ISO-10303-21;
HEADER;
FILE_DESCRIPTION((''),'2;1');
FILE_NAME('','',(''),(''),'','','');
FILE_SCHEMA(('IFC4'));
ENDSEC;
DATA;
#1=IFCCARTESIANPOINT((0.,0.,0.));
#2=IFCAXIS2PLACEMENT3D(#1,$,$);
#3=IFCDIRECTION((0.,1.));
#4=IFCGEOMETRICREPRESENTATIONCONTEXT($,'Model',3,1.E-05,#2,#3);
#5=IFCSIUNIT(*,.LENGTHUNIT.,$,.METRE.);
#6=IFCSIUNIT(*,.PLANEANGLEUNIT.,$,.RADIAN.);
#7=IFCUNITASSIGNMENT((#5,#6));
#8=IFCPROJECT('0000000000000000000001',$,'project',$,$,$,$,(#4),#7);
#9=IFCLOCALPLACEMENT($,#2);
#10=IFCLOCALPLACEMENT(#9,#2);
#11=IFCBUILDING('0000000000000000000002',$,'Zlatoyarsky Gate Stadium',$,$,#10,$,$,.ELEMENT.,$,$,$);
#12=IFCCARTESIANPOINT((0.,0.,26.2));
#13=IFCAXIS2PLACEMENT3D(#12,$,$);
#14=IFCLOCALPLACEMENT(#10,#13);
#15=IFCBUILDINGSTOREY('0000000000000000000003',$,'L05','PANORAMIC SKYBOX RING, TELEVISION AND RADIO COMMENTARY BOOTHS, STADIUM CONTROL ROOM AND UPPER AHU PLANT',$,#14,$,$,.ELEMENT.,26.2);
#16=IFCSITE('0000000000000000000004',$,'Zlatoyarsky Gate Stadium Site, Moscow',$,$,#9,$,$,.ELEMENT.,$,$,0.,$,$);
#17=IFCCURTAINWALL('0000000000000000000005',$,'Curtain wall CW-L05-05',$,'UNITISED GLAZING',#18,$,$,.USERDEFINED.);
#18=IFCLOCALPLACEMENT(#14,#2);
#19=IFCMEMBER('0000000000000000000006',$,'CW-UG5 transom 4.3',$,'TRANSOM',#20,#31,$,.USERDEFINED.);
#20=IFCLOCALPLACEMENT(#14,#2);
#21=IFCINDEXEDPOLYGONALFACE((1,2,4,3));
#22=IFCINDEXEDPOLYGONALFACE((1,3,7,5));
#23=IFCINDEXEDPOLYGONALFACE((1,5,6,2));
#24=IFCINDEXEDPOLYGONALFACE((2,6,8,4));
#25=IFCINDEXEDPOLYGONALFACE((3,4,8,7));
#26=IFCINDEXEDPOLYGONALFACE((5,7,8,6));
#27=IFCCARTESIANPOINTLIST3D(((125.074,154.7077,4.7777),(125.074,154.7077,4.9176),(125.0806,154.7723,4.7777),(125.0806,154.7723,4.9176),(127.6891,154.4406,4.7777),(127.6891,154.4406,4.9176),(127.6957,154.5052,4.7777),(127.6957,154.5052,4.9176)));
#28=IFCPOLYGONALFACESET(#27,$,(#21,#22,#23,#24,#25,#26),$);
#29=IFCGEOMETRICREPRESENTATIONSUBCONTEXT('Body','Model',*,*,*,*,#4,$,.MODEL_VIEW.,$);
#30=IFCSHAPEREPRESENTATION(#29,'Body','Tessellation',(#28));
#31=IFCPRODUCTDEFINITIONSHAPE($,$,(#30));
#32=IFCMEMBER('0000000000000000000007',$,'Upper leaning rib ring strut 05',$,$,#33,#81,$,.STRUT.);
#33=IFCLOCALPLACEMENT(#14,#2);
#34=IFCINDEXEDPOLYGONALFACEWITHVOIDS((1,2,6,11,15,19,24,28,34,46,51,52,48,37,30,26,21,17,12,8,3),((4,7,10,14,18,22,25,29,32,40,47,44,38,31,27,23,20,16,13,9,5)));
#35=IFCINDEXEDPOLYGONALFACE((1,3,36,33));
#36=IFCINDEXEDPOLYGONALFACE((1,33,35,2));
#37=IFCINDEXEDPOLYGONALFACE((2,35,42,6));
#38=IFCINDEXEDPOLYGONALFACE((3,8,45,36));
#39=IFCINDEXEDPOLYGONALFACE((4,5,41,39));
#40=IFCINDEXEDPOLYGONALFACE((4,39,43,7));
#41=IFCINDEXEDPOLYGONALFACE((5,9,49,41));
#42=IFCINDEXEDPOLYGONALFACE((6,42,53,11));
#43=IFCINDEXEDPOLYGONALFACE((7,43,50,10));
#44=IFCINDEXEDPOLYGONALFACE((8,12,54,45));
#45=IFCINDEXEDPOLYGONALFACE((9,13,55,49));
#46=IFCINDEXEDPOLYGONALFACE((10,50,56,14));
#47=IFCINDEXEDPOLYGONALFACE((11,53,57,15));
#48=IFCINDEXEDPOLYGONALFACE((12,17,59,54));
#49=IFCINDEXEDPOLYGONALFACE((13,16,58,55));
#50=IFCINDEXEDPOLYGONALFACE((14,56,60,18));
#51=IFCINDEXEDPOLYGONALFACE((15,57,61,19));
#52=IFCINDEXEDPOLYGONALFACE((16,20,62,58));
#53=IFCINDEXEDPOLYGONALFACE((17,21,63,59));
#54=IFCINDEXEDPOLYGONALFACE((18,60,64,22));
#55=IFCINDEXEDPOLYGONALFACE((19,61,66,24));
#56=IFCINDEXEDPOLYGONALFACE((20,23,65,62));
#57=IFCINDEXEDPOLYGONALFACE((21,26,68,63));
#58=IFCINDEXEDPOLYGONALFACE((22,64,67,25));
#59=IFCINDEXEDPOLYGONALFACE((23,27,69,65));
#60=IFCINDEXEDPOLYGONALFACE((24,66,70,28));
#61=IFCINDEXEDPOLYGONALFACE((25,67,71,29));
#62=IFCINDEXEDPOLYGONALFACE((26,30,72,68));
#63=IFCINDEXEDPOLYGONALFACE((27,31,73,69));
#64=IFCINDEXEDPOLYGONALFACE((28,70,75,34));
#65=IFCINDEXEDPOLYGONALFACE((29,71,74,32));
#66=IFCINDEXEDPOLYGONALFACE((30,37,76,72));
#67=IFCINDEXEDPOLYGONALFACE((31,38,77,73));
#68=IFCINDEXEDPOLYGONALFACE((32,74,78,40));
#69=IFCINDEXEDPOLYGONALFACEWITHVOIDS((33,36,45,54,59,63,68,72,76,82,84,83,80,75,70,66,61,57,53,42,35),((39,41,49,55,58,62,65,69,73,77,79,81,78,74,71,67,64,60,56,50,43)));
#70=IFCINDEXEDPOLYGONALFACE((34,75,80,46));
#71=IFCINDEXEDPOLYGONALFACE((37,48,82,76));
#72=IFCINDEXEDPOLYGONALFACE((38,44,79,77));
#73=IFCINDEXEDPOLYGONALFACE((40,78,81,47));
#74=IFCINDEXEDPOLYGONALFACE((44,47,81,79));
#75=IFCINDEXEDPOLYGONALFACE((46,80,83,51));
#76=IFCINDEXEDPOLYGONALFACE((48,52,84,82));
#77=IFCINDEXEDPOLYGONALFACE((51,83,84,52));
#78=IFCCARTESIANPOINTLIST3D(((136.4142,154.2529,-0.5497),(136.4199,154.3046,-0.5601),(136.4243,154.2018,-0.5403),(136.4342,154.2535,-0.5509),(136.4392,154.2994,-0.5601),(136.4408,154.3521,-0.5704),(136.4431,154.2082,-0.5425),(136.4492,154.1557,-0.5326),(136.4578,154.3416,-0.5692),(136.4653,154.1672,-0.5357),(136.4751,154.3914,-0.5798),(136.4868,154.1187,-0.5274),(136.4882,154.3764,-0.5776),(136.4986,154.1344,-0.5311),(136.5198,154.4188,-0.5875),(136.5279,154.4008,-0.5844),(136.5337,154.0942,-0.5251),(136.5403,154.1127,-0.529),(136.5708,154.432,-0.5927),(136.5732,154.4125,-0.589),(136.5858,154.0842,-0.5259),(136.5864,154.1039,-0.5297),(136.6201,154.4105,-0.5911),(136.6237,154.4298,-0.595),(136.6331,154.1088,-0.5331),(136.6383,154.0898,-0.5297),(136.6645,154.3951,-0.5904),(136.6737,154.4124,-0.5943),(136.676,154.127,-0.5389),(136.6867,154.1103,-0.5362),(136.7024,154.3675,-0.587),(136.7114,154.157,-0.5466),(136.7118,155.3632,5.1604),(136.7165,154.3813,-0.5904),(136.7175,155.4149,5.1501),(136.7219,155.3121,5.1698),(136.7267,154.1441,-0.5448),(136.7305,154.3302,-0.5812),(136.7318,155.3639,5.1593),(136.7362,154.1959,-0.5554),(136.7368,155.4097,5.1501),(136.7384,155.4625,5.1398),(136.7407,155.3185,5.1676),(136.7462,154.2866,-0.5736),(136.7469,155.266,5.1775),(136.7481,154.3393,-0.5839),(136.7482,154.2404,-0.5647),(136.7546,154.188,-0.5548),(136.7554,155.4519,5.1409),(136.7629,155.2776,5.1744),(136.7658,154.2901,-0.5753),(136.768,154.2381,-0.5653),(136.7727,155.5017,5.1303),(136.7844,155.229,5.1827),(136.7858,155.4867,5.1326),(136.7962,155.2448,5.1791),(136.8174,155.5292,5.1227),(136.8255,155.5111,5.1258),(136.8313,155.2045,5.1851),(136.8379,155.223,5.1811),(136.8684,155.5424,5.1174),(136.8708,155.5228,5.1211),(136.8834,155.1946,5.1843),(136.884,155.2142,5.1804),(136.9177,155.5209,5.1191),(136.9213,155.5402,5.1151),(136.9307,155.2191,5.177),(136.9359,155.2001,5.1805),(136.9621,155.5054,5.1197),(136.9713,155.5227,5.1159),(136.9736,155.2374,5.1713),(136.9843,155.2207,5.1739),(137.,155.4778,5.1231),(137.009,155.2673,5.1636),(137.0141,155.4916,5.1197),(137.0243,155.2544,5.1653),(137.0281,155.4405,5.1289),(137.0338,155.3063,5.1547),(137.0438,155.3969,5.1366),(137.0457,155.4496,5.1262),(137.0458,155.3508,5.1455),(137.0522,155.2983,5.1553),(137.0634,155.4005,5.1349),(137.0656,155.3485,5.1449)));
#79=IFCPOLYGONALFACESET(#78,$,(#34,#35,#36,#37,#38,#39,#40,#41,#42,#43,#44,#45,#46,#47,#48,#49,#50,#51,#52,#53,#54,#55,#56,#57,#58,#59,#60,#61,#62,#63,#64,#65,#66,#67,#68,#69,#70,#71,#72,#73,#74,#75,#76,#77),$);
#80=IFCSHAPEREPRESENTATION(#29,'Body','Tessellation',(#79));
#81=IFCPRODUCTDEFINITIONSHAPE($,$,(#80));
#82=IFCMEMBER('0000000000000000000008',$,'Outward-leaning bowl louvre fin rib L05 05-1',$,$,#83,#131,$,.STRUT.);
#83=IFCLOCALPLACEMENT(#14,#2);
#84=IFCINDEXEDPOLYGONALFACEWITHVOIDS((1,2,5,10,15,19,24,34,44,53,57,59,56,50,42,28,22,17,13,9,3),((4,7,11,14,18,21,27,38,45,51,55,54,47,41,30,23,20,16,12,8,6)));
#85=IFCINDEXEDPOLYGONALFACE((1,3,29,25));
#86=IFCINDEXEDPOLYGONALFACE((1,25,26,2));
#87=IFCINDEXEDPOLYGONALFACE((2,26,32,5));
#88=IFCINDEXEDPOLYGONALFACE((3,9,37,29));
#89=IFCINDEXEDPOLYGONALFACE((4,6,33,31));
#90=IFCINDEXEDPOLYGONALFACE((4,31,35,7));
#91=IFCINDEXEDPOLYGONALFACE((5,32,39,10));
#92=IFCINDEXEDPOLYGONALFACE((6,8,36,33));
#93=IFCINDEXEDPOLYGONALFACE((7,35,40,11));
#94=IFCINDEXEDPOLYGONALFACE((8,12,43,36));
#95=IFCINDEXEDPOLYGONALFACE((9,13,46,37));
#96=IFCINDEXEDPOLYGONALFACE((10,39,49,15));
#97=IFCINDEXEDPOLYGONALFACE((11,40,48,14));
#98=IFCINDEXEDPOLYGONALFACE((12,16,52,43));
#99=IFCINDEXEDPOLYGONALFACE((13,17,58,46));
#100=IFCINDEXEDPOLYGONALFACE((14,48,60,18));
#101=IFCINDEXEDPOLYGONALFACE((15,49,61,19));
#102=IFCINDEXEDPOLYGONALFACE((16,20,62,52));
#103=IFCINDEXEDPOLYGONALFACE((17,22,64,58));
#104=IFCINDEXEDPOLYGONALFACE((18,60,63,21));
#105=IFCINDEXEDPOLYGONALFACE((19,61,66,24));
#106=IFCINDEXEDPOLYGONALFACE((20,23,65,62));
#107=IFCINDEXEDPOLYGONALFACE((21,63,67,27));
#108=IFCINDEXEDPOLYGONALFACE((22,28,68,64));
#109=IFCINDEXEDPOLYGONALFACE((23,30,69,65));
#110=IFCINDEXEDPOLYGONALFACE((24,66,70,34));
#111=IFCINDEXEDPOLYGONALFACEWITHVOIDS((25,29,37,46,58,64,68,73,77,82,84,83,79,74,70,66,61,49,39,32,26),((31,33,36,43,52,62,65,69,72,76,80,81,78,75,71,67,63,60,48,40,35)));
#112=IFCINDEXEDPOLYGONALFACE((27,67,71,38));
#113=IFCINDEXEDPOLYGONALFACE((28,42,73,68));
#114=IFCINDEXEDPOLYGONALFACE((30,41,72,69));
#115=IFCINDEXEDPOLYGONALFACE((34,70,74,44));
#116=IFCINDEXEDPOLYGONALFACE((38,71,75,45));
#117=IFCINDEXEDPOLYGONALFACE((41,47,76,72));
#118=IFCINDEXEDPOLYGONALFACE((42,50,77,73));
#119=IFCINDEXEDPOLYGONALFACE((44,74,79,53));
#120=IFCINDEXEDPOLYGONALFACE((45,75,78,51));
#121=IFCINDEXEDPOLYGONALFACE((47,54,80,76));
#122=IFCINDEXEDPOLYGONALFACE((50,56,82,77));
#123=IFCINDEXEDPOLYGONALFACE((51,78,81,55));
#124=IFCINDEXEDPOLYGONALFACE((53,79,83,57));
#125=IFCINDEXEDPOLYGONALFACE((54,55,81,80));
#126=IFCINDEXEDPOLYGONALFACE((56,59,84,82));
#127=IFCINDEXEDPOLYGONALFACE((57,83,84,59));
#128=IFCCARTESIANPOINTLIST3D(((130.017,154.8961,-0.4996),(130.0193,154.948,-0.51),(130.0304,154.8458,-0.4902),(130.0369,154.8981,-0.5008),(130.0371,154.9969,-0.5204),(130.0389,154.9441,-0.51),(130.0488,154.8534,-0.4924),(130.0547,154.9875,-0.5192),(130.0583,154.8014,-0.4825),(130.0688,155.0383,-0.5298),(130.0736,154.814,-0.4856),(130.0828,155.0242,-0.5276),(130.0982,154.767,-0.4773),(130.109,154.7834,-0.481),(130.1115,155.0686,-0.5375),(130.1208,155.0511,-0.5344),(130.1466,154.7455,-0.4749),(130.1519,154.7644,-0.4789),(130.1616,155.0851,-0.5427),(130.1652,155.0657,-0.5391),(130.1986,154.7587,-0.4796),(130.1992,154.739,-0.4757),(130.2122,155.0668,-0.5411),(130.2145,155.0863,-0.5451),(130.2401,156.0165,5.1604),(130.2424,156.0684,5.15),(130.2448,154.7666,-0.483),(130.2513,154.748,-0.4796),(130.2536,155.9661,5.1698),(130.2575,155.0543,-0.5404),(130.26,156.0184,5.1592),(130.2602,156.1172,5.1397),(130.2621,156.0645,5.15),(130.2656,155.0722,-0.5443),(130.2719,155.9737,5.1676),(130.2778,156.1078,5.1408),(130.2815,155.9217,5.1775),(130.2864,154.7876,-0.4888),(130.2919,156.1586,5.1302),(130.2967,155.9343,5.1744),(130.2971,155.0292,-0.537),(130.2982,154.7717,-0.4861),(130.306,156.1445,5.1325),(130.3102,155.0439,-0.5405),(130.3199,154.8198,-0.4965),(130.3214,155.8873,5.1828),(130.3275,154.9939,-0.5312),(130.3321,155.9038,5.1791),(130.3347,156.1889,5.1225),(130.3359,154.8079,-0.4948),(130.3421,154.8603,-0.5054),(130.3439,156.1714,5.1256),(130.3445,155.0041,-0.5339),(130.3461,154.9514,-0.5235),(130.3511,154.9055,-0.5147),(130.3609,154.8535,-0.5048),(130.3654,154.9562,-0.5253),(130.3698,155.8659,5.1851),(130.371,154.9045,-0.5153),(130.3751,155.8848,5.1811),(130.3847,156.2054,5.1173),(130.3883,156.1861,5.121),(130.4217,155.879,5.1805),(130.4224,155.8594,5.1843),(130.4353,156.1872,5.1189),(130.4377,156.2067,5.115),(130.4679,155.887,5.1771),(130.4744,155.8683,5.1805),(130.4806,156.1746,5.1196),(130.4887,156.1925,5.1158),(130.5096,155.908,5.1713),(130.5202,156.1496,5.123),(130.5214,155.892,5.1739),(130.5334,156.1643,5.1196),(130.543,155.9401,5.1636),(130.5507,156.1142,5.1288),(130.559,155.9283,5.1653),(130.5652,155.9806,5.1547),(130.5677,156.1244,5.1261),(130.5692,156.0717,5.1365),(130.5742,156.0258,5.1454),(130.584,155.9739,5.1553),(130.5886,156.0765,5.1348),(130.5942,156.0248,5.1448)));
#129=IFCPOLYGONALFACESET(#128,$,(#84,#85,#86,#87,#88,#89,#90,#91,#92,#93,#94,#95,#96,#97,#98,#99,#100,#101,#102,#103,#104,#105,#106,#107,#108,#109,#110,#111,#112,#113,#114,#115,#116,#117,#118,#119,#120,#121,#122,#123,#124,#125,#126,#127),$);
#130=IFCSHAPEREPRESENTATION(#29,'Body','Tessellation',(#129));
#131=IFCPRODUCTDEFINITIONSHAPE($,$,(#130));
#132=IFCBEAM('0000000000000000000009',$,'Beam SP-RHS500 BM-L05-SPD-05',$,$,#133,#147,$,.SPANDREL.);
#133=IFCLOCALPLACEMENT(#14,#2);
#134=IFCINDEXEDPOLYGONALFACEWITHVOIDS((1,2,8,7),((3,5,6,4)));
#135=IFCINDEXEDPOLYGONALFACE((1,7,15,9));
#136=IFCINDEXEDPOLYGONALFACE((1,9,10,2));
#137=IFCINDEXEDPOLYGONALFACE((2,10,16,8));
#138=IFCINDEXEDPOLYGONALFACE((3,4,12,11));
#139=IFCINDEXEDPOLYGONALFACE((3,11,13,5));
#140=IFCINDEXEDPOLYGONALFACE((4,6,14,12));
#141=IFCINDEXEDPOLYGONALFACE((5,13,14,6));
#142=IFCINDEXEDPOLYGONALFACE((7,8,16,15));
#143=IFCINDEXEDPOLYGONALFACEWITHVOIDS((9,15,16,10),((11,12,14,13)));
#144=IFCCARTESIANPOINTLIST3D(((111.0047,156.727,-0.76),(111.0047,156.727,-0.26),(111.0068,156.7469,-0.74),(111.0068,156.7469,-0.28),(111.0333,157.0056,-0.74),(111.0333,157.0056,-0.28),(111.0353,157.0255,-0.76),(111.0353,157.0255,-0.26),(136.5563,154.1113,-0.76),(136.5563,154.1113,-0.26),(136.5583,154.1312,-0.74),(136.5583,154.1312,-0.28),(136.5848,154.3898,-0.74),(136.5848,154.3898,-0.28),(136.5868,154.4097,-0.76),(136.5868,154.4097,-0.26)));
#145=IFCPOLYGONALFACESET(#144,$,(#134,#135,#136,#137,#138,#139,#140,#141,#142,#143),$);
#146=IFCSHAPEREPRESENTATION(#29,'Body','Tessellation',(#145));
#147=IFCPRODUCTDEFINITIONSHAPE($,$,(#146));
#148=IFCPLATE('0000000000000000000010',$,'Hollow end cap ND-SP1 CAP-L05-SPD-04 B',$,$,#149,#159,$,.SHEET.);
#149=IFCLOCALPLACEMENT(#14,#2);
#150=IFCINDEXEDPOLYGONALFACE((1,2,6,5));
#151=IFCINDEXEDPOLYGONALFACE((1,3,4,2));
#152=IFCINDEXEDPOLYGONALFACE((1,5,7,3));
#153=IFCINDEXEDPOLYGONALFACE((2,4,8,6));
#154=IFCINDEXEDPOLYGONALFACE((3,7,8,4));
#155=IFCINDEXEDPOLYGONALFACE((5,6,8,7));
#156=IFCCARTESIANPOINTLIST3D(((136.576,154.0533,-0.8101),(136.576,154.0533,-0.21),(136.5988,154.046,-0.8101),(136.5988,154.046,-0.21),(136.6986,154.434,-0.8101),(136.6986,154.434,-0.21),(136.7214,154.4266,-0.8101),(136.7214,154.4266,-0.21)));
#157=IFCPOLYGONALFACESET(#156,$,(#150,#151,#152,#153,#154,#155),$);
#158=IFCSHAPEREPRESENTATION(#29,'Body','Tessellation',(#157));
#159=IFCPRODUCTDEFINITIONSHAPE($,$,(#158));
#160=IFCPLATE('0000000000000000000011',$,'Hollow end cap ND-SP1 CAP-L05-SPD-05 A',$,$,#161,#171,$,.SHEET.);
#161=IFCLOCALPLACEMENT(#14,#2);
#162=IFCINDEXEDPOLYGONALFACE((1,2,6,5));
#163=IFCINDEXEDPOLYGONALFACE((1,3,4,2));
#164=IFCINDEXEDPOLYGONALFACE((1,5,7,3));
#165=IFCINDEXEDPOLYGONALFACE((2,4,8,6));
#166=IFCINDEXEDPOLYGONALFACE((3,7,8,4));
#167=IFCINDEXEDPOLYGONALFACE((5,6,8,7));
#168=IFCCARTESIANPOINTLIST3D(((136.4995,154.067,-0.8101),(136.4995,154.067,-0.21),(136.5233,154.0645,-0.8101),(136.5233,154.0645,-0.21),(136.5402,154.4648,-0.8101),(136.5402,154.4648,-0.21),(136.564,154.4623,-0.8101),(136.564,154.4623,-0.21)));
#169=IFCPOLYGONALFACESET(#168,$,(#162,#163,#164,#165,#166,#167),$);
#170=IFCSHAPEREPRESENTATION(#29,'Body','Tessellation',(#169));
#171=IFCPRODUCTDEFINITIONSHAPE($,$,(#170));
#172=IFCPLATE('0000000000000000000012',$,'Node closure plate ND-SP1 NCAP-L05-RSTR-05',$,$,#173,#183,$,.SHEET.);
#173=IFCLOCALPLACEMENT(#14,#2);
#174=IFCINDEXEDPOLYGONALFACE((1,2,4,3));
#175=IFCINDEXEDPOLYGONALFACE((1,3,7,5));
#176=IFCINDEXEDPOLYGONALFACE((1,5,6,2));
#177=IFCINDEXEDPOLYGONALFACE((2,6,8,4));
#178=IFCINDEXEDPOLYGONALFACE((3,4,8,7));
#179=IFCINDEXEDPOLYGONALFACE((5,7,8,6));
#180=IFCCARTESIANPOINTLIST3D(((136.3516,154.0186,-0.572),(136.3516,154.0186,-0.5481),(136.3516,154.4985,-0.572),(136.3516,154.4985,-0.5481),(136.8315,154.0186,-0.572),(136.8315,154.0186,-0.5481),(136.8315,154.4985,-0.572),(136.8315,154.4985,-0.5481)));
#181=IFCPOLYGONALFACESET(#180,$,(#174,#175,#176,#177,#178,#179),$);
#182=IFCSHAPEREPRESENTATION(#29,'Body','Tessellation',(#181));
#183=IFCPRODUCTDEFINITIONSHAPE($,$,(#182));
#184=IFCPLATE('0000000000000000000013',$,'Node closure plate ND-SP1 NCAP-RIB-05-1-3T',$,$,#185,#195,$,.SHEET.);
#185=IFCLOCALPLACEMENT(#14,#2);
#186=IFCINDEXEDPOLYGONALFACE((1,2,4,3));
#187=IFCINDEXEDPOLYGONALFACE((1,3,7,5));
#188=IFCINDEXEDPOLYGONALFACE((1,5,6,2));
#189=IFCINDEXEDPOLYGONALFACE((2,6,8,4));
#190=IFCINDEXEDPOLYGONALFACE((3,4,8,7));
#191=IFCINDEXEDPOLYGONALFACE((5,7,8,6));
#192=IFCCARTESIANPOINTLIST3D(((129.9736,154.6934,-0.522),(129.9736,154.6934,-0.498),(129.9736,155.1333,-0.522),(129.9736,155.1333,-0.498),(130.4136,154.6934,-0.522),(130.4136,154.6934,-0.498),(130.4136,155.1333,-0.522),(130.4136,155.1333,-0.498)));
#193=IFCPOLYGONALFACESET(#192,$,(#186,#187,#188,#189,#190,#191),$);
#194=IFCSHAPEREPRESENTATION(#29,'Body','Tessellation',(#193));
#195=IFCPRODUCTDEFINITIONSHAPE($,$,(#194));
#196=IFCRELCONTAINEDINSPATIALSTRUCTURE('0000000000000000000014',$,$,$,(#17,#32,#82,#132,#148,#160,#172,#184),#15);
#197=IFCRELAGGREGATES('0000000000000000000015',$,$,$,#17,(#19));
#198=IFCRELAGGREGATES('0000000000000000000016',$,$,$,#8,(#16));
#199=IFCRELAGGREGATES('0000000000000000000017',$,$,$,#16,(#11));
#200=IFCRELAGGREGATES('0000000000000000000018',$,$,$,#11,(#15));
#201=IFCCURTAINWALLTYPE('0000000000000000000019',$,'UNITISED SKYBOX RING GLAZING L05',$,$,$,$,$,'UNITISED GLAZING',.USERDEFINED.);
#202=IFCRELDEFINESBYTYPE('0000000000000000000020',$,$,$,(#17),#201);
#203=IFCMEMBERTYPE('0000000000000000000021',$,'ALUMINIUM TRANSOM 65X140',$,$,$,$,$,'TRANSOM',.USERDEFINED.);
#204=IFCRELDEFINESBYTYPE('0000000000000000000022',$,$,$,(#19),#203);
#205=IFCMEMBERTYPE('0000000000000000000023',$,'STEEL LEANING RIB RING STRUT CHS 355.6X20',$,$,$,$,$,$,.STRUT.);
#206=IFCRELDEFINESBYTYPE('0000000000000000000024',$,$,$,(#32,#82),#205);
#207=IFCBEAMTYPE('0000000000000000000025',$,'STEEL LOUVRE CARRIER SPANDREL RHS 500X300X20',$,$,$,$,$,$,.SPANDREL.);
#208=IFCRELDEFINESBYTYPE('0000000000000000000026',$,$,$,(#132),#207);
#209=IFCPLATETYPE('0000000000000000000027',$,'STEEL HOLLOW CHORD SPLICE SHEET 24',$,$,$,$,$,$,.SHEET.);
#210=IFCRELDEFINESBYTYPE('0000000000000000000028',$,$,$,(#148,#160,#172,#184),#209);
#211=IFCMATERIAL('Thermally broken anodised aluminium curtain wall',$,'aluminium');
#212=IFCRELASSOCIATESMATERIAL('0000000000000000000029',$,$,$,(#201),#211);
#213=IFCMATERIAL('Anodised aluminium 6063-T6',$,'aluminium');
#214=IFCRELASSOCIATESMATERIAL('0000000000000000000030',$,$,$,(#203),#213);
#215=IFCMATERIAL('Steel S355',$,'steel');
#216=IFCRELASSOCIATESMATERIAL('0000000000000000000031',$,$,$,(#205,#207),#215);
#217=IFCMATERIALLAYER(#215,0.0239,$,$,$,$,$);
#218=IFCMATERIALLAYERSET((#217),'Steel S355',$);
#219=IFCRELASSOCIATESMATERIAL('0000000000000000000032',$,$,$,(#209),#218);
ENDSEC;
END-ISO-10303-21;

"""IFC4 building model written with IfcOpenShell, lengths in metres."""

from ifc_helpers import new_model, si_unit, direction, frame, origin, origin_2d, place, context, subcontext, project, spatial, rectangle, hollow_rectangle, hollow_circle, extrude, material, layer, layer_set, material_profile, profile_set, type_object, element, aggregate, save


model = new_model("IFC4")

# Units and contexts
model_context = context("Model", 3, precision=1e-05, world=origin(), true_north=direction((0.0, 1.0)))
body_context = subcontext(model_context, "Body", "Model", "MODEL_VIEW")
ifc_project = project(units=[si_unit("LENGTHUNIT", "METRE"), si_unit("PLANEANGLEUNIT", "RADIAN")], contexts=[model_context])

# Site, building, storey
site_placement = place(None, origin())
site = spatial("IfcSite", under=ifc_project, at=site_placement, Name="Zlatoyarsky Gate Stadium Site, Moscow", CompositionType="ELEMENT", RefElevation=0.0)
building_placement = place(site_placement, origin())
building = spatial("IfcBuilding", under=site, at=building_placement, Name="Zlatoyarsky Gate Stadium", CompositionType="ELEMENT")
storey_placement = place(building_placement, frame((0.0, 0.0, 26.2)))
storey = spatial("IfcBuildingStorey", under=building, at=storey_placement, Name="L05", Description="PANORAMIC SKYBOX RING, TELEVISION AND RADIO COMMENTARY BOOTHS, STADIUM CONTROL ROOM AND UPPER AHU PLANT", CompositionType="ELEMENT", Elevation=26.2)

# Curtain wall, member
ifc_material_1 = material(Name="Thermally broken anodised aluminium curtain wall", Category="aluminium")
curtain_wall_type = type_object("IfcCurtainWallType", Name="UNITISED SKYBOX RING GLAZING L05", ElementType="UNITISED GLAZING", PredefinedType="USERDEFINED", material=ifc_material_1)
curtain_wall_placement = place(storey_placement, origin())
curtain_wall = element("IfcCurtainWall", 1, at=curtain_wall_placement, inside=storey, type_object=curtain_wall_type, Name="Curtain wall CW-L05-05", ObjectType="UNITISED GLAZING", PredefinedType="USERDEFINED")
ifc_material_2 = material(Name="Anodised aluminium 6063-T6", Category="aluminium")
ifc_material_profile_1 = material_profile(ifc_material_2, rectangle(XDim=0.0649, YDim=0.1399, at=origin_2d()), Name="ALU 65X140")
ifc_profile_set_1 = profile_set([ifc_material_profile_1], Name="Anodised aluminium 6063-T6")
member_type_1 = type_object("IfcMemberType", Name="ALUMINIUM TRANSOM 65X140", ElementType="TRANSOM", PredefinedType="USERDEFINED", material=ifc_profile_set_1)
member_1_placement = place(storey_placement, frame((127.6924, 154.4729, 4.8477), z_axis=(-0.994824, 0.101609, 0.0), x_axis=(-0.101609, -0.994824, 0.0)))
member_1 = element("IfcMember", 2, at=member_1_placement, type_object=member_type_1, Name="CW-UG5 transom 4.3", ObjectType="TRANSOM", PredefinedType="USERDEFINED", context=body_context, shape_type="SweptSolid", body=[
    extrude(rectangle(XDim=0.0649, YDim=0.1399, at=origin_2d()), origin(), (0.0, 0.0, 1.0), 2.6287),
])

# Members
ifc_material_3 = material(Name="Steel S355", Category="steel")
ifc_material_profile_2 = material_profile(ifc_material_3, hollow_circle(Radius=0.1777, WallThickness=0.02, at=origin_2d()), Name="CHS 355.6X20")
ifc_profile_set_2 = profile_set([ifc_material_profile_2], Name="Steel S355")
member_type_2 = type_object("IfcMemberType", Name="STEEL LEANING RIB RING STRUT CHS 355.6X20", PredefinedType="STRUT", material=ifc_profile_set_2)
member_2_placement = place(storey_placement, frame((136.5916, 154.2585, -0.5601), z_axis=(0.051093, 0.190626, 0.980332), x_axis=(-0.965906, 0.258892, 0.0)))
element("IfcMember", 3, at=member_2_placement, inside=storey, type_object=member_type_2, Name="Upper leaning rib ring strut 05", PredefinedType="STRUT", context=body_context, shape_type="SweptSolid", body=[
    extrude(hollow_circle(Radius=0.1777, WallThickness=0.02, at=origin_2d()), origin(), (0.0, 0.0, 1.0), 5.8247),
])
member_3_placement = place(storey_placement, frame((130.1936, 154.9133, -0.51), z_axis=(0.038645, 0.194026, 0.980235), x_axis=(-0.980737, 0.195335, 0.0)))
element("IfcMember", 4, at=member_3_placement, inside=storey, type_object=member_type_2, Name="Outward-leaning bowl louvre fin rib L05 05-1", PredefinedType="STRUT", context=body_context, shape_type="SweptSolid", body=[
    extrude(hollow_circle(Radius=0.1777, WallThickness=0.02, at=origin_2d()), origin(), (0.0, 0.0, 1.0), 5.7742),
])

# Beam
ifc_material_profile_3 = material_profile(ifc_material_3, hollow_rectangle(XDim=0.3, YDim=0.5, WallThickness=0.02, at=origin_2d()), Name="RHS 500X300X20")
ifc_profile_set_3 = profile_set([ifc_material_profile_3], Name="Steel S355")
beam_type = type_object("IfcBeamType", Name="STEEL LOUVRE CARRIER SPANDREL RHS 500X300X20", PredefinedType="SPANDREL", material=ifc_profile_set_3)
beam_placement = place(storey_placement, frame((136.5715, 154.2605, -0.51), z_axis=(-0.994801, 0.101838, 0.0), x_axis=(-0.101838, -0.994801, 0.0)))
element("IfcBeam", 5, at=beam_placement, inside=storey, type_object=beam_type, Name="Beam SP-RHS500 BM-L05-SPD-05", PredefinedType="SPANDREL", context=body_context, shape_type="SweptSolid", body=[
    extrude(hollow_rectangle(XDim=0.3, YDim=0.5, WallThickness=0.02, at=origin_2d()), origin(), (0.0, 0.0, 1.0), 25.6851),
])

# Plates
ifc_layer_1 = layer(ifc_material_3, 0.0239)
ifc_layer_set_1 = layer_set([ifc_layer_1], Name="Steel S355")
plate_type_1 = type_object("IfcPlateType", Name="STEEL HOLLOW CHORD SPLICE SHEET 24", PredefinedType="SHEET", material=ifc_layer_set_1)
for number, where, z_axis, x_axis, name in (
    (6, (136.6487, 154.24, -0.8101), (0.0, 0.0, 1.0), (-0.951856, 0.306545, 0.0), "Hollow end cap ND-SP1 CAP-L05-SPD-04 B"),
    (7, (136.5317, 154.2646, -0.8101), (0.0, 0.0, 1.0), (-0.994802, 0.10183, 0.0), "Hollow end cap ND-SP1 CAP-L05-SPD-05 A"),
):
    element("IfcPlate", number, at=place(storey_placement, frame(where, z_axis=z_axis, x_axis=x_axis)), inside=storey, type_object=plate_type_1, Name=name, PredefinedType="SHEET", context=body_context, shape_type="SweptSolid", body=[
        extrude(rectangle(XDim=0.0239, YDim=0.3999, at=origin_2d()), origin(), (0.0, 0.0, 1.0), 0.6001),
    ])
plate_1_placement = place(storey_placement, frame((136.5916, 154.2585, -0.572), z_axis=(0.0, 0.0, 1.0), x_axis=(1.0, 0.0, 0.0)))
element("IfcPlate", 8, at=plate_1_placement, inside=storey, type_object=plate_type_1, Name="Node closure plate ND-SP1 NCAP-L05-RSTR-05", PredefinedType="SHEET", context=body_context, shape_type="SweptSolid", body=[
    extrude(rectangle(XDim=0.48, YDim=0.48, at=origin_2d()), origin(), (0.0, 0.0, 1.0), 0.0239),
])
plate_2_placement = place(storey_placement, frame((130.1936, 154.9133, -0.522), z_axis=(0.0, 0.0, 1.0), x_axis=(1.0, 0.0, 0.0)))
element("IfcPlate", 9, at=plate_2_placement, inside=storey, type_object=plate_type_1, Name="Node closure plate ND-SP1 NCAP-RIB-05-1-3T", PredefinedType="SHEET", context=body_context, shape_type="SweptSolid", body=[
    extrude(rectangle(XDim=0.4399, YDim=0.4399, at=origin_2d()), origin(), (0.0, 0.0, 1.0), 0.0239),
])

aggregate(curtain_wall, [member_1])

save(model, "model.ifc")
